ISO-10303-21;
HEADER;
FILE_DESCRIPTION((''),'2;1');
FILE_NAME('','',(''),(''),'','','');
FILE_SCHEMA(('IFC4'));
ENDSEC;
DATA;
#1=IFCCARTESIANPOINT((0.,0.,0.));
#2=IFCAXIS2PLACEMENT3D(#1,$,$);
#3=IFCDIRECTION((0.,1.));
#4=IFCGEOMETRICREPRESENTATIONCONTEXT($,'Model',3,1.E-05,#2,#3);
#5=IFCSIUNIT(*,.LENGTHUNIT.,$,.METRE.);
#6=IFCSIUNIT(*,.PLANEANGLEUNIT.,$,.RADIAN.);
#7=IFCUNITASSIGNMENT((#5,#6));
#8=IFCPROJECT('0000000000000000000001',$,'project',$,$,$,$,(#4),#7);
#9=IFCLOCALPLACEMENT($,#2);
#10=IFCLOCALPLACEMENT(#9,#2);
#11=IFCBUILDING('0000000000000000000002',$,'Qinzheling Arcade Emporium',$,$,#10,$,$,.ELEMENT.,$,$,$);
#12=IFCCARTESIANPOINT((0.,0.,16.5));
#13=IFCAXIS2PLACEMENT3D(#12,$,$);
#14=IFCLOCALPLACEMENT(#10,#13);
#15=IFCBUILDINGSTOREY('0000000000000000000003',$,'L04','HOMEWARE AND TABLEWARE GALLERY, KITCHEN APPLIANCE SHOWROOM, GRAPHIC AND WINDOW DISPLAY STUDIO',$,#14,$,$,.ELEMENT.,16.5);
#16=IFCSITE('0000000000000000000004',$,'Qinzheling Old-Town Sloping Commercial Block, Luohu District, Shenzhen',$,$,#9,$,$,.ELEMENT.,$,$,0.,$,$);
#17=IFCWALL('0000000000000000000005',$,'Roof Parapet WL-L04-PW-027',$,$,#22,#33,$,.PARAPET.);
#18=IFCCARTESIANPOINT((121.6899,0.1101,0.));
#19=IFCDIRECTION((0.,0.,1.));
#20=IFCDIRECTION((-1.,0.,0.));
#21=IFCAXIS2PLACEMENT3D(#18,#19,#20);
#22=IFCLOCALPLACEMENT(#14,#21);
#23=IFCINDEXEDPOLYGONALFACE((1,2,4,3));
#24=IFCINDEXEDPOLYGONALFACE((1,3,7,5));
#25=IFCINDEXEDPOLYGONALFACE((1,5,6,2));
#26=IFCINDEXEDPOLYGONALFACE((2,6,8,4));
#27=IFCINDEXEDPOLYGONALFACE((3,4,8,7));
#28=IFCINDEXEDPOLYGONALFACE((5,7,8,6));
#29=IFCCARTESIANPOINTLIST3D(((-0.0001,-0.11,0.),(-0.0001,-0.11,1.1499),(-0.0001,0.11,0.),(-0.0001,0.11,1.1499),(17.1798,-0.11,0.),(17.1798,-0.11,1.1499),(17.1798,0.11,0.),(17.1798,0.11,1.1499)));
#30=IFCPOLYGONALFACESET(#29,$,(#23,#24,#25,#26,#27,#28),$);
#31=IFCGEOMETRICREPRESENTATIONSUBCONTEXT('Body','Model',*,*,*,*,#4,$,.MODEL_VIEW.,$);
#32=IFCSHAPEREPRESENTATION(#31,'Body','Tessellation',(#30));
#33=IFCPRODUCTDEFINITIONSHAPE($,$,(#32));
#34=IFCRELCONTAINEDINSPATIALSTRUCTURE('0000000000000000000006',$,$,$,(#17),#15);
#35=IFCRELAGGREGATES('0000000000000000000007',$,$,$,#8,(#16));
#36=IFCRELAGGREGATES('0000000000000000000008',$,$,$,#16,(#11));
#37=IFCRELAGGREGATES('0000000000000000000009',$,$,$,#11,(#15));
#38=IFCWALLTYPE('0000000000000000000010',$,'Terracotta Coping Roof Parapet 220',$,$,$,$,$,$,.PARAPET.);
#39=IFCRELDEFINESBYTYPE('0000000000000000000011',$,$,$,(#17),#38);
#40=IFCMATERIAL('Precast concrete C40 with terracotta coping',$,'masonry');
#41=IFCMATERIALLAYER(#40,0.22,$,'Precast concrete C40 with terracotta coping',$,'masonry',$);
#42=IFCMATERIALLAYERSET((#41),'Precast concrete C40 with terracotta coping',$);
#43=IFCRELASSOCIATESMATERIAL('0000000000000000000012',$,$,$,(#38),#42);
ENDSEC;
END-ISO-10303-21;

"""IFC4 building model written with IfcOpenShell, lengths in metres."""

from ifc_helpers import new_model, si_unit, direction, frame, frame_2d, origin, place, context, subcontext, project, spatial, rectangle, extrude, material, layer, layer_set, type_object, element, save


model = new_model("IFC4")

# Units and contexts
model_context = context("Model", 3, precision=1e-05, world=origin(), true_north=direction((0.0, 1.0)))
body_context = subcontext(model_context, "Body", "Model", "MODEL_VIEW")
ifc_project = project(units=[si_unit("LENGTHUNIT", "METRE"), si_unit("PLANEANGLEUNIT", "RADIAN")], contexts=[model_context])

# Site, building, storey
site_placement = place(None, origin())
site = spatial("IfcSite", under=ifc_project, at=site_placement, Name="Qinzheling Old-Town Sloping Commercial Block, Luohu District, Shenzhen", CompositionType="ELEMENT", RefElevation=0.0)
building_placement = place(site_placement, origin())
building = spatial("IfcBuilding", under=site, at=building_placement, Name="Qinzheling Arcade Emporium", CompositionType="ELEMENT")
storey_placement = place(building_placement, frame((0.0, 0.0, 16.5)))
storey = spatial("IfcBuildingStorey", under=building, at=storey_placement, Name="L04", Description="HOMEWARE AND TABLEWARE GALLERY, KITCHEN APPLIANCE SHOWROOM, GRAPHIC AND WINDOW DISPLAY STUDIO", CompositionType="ELEMENT", Elevation=16.5)

# Wall
ifc_material_1 = material(Name="Precast concrete C40 with terracotta coping", Category="masonry")
ifc_layer_1 = layer(ifc_material_1, 0.22, Name="Precast concrete C40 with terracotta coping", Category="masonry")
ifc_layer_set_1 = layer_set([ifc_layer_1], Name="Precast concrete C40 with terracotta coping")
wall_type_1 = type_object("IfcWallType", Name="Terracotta Coping Roof Parapet 220", PredefinedType="PARAPET", material=ifc_layer_set_1)
wall_1_placement = place(storey_placement, frame((121.6899, 0.1101, 0.0), z_axis=(0.0, 0.0, 1.0), x_axis=(-1.0, 0.0, 0.0)))
element("IfcWall", 1, at=wall_1_placement, inside=storey, type_object=wall_type_1, Name="Roof Parapet WL-L04-PW-027", PredefinedType="PARAPET", context=body_context, shape_type="SweptSolid", body=[
    extrude(rectangle(XDim=17.1799, YDim=0.22, at=frame_2d((8.5898, 0.0))), origin(), (0.0, 0.0, 1.0), 1.1499),
])

save(model, "model.ifc")
